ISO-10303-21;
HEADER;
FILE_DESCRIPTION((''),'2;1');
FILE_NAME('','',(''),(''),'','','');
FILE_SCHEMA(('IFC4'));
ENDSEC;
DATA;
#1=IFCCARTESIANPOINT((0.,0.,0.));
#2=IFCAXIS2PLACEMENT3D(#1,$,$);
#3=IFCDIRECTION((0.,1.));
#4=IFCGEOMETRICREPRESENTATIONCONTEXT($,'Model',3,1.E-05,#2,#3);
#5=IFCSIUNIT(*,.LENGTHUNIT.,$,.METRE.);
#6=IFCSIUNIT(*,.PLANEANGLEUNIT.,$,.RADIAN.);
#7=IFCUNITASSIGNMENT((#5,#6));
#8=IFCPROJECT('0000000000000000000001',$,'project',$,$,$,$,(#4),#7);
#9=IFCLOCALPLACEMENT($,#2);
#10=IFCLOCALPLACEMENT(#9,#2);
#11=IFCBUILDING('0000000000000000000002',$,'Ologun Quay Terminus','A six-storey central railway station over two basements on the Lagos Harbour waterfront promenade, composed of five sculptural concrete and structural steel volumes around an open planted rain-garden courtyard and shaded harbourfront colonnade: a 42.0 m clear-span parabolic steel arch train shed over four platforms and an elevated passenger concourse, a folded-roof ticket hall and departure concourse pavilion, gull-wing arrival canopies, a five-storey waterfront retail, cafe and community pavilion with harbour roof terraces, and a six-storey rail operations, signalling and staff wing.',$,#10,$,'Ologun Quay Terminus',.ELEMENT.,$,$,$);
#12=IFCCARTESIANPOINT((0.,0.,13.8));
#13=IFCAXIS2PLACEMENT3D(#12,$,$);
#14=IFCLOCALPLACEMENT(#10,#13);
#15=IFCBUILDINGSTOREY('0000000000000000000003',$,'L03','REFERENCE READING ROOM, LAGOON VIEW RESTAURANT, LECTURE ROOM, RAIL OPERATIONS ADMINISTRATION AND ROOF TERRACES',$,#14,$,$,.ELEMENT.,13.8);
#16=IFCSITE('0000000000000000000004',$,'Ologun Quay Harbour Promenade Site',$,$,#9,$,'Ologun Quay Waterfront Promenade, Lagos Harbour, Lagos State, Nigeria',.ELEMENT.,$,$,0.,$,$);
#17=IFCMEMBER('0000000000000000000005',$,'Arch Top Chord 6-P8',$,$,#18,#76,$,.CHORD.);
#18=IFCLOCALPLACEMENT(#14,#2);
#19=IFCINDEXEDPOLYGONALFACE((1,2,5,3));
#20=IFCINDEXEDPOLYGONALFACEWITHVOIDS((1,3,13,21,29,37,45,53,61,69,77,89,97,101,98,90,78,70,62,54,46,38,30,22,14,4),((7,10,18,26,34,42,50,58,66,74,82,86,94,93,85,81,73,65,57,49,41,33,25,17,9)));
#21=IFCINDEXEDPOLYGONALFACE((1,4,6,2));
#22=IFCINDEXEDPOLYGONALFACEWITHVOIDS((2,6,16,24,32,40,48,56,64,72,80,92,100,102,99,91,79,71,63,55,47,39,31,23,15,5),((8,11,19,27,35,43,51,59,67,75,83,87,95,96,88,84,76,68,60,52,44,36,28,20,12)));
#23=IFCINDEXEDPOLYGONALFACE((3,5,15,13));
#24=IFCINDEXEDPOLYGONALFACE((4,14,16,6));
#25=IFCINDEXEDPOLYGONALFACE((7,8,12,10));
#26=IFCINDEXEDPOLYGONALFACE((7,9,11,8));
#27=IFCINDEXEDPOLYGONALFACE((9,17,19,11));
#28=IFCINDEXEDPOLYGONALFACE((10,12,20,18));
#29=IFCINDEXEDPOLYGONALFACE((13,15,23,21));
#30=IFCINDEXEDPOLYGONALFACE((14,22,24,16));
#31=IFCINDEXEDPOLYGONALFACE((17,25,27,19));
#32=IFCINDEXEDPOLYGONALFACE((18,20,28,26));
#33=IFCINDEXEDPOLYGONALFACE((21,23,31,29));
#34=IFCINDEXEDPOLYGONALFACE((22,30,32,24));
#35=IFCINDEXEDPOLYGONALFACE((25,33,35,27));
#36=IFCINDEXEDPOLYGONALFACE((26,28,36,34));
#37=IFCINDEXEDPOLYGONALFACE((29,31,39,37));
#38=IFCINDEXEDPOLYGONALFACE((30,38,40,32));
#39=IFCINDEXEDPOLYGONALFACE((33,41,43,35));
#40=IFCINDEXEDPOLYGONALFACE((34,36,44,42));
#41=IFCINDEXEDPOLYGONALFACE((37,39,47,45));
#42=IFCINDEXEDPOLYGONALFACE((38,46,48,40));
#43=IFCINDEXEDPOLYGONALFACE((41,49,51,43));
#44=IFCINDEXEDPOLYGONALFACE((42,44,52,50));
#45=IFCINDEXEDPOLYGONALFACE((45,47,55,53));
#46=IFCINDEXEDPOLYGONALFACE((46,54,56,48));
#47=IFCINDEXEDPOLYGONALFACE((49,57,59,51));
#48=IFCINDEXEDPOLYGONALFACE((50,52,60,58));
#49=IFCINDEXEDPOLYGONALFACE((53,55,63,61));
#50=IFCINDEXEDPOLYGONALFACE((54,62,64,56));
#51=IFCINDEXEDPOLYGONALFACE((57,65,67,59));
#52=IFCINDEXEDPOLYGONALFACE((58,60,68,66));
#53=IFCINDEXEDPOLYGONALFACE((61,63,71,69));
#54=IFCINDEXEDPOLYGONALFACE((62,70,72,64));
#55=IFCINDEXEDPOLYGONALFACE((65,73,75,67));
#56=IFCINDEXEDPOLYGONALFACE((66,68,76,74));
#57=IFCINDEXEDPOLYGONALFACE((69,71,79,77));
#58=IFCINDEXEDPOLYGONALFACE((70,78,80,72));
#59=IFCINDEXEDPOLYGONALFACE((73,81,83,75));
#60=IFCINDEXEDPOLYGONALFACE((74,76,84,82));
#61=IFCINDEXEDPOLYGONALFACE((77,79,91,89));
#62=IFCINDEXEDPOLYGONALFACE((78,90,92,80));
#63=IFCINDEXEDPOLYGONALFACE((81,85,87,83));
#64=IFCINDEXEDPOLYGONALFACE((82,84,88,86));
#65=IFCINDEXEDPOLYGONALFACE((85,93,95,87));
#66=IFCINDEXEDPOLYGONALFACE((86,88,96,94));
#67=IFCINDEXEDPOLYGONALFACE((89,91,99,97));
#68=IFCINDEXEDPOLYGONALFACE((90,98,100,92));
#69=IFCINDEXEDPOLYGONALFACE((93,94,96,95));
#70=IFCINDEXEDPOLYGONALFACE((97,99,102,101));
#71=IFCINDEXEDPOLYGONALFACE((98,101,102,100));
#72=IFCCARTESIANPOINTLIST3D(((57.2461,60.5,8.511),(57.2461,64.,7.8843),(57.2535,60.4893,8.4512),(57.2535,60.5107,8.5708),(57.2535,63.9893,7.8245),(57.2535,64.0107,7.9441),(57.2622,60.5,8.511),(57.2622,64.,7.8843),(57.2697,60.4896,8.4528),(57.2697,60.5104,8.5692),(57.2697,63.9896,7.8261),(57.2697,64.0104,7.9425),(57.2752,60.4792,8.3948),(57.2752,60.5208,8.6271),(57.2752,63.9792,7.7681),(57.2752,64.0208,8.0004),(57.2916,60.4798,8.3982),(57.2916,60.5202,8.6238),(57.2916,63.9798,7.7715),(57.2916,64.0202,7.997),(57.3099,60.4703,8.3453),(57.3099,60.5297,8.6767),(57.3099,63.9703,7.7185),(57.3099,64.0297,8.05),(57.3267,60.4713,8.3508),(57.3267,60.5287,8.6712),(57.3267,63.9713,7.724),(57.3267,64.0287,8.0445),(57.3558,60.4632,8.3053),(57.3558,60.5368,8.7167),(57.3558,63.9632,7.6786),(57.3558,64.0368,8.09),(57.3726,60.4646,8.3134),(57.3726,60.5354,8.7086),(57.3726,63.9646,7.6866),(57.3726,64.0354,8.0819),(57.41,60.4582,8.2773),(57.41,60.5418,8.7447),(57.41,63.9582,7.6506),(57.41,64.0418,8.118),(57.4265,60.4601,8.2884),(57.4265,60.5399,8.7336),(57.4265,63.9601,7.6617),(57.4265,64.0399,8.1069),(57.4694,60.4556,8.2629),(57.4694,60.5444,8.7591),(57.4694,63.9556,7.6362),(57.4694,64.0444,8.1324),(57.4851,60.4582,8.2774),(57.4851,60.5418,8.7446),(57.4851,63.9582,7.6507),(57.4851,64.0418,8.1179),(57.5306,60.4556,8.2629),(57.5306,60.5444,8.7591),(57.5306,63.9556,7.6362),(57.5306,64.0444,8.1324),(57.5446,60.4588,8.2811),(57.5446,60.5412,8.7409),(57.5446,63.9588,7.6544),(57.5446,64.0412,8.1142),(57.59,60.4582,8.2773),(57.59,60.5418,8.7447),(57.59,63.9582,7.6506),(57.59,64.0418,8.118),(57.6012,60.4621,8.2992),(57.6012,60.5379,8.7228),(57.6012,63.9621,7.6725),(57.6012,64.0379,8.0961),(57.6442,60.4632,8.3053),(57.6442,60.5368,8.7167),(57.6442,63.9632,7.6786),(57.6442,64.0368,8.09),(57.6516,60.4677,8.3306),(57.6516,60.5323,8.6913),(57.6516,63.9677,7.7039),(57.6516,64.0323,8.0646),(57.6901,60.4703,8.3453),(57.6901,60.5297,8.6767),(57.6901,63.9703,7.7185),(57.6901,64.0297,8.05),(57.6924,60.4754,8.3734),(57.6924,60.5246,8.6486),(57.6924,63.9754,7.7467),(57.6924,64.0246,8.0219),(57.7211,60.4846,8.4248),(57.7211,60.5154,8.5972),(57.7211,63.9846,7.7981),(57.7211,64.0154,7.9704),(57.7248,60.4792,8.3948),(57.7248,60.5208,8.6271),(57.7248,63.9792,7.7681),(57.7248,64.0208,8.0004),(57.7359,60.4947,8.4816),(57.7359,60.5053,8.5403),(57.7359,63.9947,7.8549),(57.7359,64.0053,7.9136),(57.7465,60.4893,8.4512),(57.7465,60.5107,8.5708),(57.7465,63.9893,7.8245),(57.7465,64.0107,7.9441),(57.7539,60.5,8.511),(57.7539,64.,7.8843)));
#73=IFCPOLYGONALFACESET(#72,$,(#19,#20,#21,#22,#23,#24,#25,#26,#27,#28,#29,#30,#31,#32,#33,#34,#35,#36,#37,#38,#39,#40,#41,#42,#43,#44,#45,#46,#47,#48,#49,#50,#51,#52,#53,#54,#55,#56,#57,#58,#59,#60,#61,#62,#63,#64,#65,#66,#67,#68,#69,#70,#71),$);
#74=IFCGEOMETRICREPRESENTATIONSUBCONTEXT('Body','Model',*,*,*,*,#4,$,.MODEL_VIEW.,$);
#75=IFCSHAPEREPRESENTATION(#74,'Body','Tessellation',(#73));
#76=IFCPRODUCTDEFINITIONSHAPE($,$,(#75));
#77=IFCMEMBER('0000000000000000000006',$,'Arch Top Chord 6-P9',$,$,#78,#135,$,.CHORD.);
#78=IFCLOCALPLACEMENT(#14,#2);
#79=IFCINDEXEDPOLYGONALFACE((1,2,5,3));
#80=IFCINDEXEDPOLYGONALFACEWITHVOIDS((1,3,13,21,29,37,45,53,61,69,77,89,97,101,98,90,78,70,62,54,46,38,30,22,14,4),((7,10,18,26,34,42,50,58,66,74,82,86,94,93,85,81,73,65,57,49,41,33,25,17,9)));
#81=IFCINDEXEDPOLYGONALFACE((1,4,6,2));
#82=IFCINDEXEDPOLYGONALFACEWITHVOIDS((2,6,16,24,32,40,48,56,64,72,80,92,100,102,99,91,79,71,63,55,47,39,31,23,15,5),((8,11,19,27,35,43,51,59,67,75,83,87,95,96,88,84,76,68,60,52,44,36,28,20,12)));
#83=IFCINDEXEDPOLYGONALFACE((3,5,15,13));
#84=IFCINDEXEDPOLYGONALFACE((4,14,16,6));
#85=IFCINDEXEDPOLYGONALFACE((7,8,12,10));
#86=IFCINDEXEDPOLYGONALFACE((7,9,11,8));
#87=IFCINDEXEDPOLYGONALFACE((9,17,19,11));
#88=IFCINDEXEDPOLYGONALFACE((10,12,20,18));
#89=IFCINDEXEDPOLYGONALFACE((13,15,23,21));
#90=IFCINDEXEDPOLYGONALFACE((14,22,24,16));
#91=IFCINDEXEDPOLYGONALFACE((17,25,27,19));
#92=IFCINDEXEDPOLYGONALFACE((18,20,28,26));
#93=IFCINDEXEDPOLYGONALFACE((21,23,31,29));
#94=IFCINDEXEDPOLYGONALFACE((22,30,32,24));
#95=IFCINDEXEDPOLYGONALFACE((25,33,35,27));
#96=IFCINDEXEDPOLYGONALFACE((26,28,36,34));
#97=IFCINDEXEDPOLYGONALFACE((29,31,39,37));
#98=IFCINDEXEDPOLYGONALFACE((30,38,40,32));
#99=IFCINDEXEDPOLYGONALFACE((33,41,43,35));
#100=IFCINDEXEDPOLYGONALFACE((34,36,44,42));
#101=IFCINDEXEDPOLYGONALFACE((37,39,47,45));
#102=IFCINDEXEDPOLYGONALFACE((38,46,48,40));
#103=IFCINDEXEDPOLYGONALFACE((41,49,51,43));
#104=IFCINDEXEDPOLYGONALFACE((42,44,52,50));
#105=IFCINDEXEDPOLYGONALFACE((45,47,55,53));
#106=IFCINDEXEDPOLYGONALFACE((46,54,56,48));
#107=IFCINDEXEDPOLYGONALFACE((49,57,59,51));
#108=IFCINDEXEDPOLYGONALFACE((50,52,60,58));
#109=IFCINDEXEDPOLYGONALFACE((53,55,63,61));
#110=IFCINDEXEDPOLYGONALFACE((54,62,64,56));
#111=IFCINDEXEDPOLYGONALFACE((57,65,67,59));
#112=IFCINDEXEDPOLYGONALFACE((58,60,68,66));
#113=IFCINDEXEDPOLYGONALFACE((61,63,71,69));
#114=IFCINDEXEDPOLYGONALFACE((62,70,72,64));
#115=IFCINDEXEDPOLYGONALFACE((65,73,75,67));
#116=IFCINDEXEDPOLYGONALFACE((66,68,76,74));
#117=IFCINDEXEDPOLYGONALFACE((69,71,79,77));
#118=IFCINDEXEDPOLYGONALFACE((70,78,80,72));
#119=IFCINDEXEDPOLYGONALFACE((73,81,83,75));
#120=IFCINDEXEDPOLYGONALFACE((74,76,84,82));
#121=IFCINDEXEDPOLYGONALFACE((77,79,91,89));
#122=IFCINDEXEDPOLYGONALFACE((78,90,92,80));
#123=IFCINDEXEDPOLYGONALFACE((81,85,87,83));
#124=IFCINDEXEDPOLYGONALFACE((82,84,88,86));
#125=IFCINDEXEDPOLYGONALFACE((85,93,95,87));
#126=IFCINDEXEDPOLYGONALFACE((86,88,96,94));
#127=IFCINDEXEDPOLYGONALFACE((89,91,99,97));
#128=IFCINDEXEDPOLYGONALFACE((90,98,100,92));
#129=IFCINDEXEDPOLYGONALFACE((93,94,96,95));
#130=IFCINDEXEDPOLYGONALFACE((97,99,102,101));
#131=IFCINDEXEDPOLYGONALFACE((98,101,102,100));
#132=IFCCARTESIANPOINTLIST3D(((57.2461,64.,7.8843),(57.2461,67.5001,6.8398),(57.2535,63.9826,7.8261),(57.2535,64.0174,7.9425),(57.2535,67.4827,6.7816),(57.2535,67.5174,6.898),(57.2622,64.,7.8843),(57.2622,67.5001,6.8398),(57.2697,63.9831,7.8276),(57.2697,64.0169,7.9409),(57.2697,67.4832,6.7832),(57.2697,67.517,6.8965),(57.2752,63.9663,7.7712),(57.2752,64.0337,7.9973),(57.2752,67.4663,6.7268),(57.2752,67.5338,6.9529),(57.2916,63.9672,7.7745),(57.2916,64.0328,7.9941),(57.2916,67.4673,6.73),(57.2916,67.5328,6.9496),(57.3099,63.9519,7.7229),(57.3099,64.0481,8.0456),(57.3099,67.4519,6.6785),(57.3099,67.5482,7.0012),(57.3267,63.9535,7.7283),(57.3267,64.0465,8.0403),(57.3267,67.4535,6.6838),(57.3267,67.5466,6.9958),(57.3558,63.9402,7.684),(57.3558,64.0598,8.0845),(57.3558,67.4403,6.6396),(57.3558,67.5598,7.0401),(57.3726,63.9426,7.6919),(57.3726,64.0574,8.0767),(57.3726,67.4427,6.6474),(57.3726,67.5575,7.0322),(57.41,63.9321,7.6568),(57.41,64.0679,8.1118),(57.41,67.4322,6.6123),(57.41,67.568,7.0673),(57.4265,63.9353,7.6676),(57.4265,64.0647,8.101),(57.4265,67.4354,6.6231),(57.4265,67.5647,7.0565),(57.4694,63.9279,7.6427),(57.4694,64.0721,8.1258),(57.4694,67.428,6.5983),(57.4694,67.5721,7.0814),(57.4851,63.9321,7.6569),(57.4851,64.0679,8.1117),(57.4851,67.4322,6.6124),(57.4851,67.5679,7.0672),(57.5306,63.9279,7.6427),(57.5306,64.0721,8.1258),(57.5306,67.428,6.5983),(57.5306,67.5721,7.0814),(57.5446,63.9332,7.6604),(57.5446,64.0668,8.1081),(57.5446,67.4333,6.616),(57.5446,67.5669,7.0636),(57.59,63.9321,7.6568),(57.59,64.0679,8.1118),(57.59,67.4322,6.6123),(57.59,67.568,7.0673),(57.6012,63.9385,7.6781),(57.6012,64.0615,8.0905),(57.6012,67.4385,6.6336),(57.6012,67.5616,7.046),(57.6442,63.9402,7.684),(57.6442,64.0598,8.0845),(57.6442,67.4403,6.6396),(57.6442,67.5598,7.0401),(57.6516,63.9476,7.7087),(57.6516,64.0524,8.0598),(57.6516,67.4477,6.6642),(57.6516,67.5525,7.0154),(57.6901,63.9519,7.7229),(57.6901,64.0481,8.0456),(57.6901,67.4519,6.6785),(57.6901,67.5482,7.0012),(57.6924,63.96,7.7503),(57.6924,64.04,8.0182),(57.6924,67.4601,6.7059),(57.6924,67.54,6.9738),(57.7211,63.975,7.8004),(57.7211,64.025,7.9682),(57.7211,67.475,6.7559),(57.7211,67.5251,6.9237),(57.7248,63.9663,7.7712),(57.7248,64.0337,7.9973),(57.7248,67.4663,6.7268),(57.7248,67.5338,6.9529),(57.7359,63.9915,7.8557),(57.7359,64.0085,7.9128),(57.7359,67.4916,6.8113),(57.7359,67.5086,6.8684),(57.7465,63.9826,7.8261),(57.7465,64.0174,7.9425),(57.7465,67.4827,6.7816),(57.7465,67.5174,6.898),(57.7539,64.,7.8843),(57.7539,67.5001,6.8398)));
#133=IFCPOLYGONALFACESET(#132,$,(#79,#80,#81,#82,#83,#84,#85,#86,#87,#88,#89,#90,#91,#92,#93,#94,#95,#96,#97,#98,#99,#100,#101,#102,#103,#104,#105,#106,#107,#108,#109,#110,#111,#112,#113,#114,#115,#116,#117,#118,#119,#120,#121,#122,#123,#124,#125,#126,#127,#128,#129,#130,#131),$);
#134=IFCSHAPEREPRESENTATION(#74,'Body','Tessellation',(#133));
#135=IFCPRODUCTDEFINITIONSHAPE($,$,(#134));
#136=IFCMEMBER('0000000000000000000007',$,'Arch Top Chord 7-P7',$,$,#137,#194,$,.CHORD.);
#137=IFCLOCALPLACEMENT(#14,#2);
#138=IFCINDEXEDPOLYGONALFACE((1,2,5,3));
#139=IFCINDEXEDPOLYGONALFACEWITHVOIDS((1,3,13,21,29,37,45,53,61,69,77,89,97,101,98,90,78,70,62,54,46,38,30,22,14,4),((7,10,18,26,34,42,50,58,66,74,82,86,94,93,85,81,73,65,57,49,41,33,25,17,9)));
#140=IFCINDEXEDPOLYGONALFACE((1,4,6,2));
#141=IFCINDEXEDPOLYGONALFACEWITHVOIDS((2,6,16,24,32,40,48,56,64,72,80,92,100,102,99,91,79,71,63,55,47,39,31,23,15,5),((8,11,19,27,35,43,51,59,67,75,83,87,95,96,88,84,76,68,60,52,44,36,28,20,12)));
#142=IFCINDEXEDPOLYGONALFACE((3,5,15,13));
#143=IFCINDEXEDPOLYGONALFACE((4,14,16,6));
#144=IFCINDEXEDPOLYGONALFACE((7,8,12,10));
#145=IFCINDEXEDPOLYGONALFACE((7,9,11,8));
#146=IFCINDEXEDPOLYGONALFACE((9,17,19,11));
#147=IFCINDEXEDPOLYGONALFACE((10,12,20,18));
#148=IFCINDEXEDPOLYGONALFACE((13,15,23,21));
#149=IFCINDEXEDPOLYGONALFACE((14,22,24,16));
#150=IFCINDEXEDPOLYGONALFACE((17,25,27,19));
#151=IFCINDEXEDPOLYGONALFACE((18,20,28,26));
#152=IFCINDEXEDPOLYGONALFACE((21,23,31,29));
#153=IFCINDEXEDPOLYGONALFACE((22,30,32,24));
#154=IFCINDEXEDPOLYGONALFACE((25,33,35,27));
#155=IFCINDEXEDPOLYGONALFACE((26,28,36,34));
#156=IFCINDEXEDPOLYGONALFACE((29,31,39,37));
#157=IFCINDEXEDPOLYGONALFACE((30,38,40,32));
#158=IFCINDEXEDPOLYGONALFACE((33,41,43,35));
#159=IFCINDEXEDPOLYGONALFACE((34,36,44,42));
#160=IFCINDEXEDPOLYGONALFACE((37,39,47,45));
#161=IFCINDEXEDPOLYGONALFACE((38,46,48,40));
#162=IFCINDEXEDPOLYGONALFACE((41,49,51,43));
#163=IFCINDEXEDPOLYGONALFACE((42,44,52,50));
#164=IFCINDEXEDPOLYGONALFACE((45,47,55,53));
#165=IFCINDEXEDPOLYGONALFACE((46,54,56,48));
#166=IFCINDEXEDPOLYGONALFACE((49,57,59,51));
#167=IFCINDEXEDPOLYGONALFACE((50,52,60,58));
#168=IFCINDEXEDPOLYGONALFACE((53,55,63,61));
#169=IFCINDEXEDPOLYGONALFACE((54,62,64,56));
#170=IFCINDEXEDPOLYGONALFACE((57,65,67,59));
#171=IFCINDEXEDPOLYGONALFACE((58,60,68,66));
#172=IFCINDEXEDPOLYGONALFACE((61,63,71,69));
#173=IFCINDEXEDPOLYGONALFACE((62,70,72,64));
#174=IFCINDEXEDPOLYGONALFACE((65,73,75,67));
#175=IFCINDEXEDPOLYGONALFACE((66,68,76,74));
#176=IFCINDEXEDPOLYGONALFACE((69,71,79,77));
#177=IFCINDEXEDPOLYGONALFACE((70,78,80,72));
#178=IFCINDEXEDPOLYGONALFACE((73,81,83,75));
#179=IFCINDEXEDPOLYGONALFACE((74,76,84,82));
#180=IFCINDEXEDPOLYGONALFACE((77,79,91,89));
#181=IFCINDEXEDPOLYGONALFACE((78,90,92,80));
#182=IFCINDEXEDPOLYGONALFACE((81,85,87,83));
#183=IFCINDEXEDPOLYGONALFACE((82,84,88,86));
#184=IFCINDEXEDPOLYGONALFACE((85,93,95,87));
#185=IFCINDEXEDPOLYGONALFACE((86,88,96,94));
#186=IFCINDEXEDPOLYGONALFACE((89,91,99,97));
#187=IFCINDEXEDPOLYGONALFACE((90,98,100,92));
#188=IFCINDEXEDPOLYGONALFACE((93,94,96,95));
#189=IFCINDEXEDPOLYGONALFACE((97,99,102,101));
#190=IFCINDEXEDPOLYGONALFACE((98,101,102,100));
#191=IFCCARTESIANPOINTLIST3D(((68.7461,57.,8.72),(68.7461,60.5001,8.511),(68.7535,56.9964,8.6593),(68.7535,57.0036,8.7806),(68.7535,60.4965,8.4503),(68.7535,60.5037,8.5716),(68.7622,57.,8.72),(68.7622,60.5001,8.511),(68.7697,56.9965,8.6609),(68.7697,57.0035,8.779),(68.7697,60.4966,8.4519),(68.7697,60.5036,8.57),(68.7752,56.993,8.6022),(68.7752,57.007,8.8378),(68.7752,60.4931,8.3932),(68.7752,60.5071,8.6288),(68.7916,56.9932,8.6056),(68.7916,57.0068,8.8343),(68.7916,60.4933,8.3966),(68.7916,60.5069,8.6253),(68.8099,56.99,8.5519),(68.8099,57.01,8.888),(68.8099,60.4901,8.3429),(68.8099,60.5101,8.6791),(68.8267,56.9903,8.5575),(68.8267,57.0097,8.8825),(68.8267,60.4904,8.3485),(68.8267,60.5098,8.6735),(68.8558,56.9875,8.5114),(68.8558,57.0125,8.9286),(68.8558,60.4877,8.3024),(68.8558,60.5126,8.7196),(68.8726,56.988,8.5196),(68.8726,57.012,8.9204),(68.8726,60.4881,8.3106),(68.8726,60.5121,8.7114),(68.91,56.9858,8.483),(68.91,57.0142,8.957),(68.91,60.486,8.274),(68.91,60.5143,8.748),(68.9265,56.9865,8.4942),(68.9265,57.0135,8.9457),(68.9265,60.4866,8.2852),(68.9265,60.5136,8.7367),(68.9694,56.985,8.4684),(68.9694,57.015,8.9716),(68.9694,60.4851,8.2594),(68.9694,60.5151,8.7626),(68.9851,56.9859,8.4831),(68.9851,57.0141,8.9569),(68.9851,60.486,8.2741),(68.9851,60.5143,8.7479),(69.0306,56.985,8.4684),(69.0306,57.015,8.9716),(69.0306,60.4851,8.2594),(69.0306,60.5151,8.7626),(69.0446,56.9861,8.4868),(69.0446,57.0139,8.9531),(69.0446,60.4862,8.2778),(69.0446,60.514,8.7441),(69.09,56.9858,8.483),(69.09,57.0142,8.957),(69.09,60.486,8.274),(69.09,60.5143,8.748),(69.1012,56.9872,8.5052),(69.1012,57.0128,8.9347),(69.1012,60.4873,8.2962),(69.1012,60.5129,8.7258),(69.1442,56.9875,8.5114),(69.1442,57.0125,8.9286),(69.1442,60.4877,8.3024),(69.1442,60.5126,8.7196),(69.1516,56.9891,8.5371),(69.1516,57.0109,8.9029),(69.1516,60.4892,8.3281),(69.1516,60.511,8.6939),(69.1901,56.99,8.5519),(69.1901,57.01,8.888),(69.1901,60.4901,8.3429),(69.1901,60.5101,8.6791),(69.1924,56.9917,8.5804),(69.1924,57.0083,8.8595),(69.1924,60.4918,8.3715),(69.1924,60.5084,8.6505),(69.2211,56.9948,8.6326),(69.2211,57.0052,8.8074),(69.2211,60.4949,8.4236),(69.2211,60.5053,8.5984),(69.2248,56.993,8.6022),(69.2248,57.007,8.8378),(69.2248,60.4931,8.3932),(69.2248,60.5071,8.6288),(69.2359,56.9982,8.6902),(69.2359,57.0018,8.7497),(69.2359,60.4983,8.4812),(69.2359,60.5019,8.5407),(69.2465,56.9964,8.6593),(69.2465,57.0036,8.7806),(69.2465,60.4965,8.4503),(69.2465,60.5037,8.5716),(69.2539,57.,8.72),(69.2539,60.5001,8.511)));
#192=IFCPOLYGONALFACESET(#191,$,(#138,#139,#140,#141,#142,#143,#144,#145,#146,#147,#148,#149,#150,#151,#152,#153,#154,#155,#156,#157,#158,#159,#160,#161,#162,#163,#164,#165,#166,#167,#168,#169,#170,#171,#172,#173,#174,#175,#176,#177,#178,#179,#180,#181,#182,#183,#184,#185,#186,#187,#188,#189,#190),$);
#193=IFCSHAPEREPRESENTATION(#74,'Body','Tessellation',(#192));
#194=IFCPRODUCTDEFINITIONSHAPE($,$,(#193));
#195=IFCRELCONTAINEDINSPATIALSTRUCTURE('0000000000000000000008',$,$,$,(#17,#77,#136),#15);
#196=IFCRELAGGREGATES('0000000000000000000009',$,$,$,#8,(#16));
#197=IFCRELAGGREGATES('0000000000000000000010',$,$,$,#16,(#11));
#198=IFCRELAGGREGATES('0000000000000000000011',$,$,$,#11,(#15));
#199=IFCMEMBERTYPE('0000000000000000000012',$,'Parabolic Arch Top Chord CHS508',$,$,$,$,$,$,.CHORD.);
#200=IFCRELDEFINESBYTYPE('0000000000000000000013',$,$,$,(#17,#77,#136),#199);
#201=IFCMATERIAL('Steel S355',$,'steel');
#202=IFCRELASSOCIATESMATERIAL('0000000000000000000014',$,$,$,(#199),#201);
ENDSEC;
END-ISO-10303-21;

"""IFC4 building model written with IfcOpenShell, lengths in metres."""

from ifc_helpers import new_model, si_unit, direction, frame, origin, origin_2d, place, context, subcontext, project, spatial, hollow_circle, extrude, material, material_profile, profile_set, type_object, element, save


model = new_model("IFC4")

# Units and contexts
model_context = context("Model", 3, precision=1e-05, world=origin(), true_north=direction((0.0, 1.0)))
body_context = subcontext(model_context, "Body", "Model", "MODEL_VIEW")
ifc_project = project(units=[si_unit("LENGTHUNIT", "METRE"), si_unit("PLANEANGLEUNIT", "RADIAN")], contexts=[model_context])

# Site, building, storey
site_placement = place(None, origin())
site = spatial("IfcSite", under=ifc_project, at=site_placement, Name="Ologun Quay Harbour Promenade Site", LongName="Ologun Quay Waterfront Promenade, Lagos Harbour, Lagos State, Nigeria", CompositionType="ELEMENT", RefElevation=0.0)
building_placement = place(site_placement, origin())
building = spatial("IfcBuilding", under=site, at=building_placement, Name="Ologun Quay Terminus", Description="A six-storey central railway station over two basements on the Lagos Harbour waterfront promenade, composed of five sculptural concrete and structural steel volumes around an open planted rain-garden courtyard and shaded harbourfront colonnade: a 42.0 m clear-span parabolic steel arch train shed over four platforms and an elevated passenger concourse, a folded-roof ticket hall and departure concourse pavilion, gull-wing arrival canopies, a five-storey waterfront retail, cafe and community pavilion with harbour roof terraces, and a six-storey rail operations, signalling and staff wing.", LongName="Ologun Quay Terminus", CompositionType="ELEMENT")
storey_placement = place(building_placement, frame((0.0, 0.0, 13.8)))
storey = spatial("IfcBuildingStorey", under=building, at=storey_placement, Name="L03", Description="REFERENCE READING ROOM, LAGOON VIEW RESTAURANT, LECTURE ROOM, RAIL OPERATIONS ADMINISTRATION AND ROOF TERRACES", CompositionType="ELEMENT", Elevation=13.8)

# Members
ifc_material_1 = material(Name="Steel S355", Category="steel")
ifc_material_profile_1 = material_profile(ifc_material_1, hollow_circle(Radius=0.2539, WallThickness=0.0161, at=origin_2d()), Name="CHS 508x16")
ifc_profile_set_1 = profile_set([ifc_material_profile_1], Name="Steel S355")
member_type_1 = type_object("IfcMemberType", Name="Parabolic Arch Top Chord CHS508", PredefinedType="CHORD", material=ifc_profile_set_1)
member_1_placement = place(storey_placement, frame((57.5, 60.5, 8.511), z_axis=(0.0, 0.984344, -0.176256), x_axis=(-1.0, 0.0, 0.0)))
element("IfcMember", 1, at=member_1_placement, inside=storey, type_object=member_type_1, Name="Arch Top Chord 6-P8", PredefinedType="CHORD", context=body_context, shape_type="SweptSolid", body=[
    extrude(hollow_circle(Radius=0.2539, WallThickness=0.0161, at=origin_2d()), origin(), (0.0, 0.0, 1.0), 3.5557),
])
member_2_placement = place(storey_placement, frame((57.5, 64.0, 7.8843), z_axis=(0.0, 0.958245, -0.285949), x_axis=(-1.0, 0.0, 0.0)))
element("IfcMember", 2, at=member_2_placement, inside=storey, type_object=member_type_1, Name="Arch Top Chord 6-P9", PredefinedType="CHORD", context=body_context, shape_type="SweptSolid", body=[
    extrude(hollow_circle(Radius=0.2539, WallThickness=0.0161, at=origin_2d()), origin(), (0.0, 0.0, 1.0), 3.6526),
])
member_3_placement = place(storey_placement, frame((69.0, 57.0, 8.72), z_axis=(0.0, 0.998222, -0.059604), x_axis=(-1.0, 0.0, 0.0)))
element("IfcMember", 3, at=member_3_placement, inside=storey, type_object=member_type_1, Name="Arch Top Chord 7-P7", PredefinedType="CHORD", context=body_context, shape_type="SweptSolid", body=[
    extrude(hollow_circle(Radius=0.2539, WallThickness=0.0161, at=origin_2d()), origin(), (0.0, 0.0, 1.0), 3.5063),
])

save(model, "model.ifc")
